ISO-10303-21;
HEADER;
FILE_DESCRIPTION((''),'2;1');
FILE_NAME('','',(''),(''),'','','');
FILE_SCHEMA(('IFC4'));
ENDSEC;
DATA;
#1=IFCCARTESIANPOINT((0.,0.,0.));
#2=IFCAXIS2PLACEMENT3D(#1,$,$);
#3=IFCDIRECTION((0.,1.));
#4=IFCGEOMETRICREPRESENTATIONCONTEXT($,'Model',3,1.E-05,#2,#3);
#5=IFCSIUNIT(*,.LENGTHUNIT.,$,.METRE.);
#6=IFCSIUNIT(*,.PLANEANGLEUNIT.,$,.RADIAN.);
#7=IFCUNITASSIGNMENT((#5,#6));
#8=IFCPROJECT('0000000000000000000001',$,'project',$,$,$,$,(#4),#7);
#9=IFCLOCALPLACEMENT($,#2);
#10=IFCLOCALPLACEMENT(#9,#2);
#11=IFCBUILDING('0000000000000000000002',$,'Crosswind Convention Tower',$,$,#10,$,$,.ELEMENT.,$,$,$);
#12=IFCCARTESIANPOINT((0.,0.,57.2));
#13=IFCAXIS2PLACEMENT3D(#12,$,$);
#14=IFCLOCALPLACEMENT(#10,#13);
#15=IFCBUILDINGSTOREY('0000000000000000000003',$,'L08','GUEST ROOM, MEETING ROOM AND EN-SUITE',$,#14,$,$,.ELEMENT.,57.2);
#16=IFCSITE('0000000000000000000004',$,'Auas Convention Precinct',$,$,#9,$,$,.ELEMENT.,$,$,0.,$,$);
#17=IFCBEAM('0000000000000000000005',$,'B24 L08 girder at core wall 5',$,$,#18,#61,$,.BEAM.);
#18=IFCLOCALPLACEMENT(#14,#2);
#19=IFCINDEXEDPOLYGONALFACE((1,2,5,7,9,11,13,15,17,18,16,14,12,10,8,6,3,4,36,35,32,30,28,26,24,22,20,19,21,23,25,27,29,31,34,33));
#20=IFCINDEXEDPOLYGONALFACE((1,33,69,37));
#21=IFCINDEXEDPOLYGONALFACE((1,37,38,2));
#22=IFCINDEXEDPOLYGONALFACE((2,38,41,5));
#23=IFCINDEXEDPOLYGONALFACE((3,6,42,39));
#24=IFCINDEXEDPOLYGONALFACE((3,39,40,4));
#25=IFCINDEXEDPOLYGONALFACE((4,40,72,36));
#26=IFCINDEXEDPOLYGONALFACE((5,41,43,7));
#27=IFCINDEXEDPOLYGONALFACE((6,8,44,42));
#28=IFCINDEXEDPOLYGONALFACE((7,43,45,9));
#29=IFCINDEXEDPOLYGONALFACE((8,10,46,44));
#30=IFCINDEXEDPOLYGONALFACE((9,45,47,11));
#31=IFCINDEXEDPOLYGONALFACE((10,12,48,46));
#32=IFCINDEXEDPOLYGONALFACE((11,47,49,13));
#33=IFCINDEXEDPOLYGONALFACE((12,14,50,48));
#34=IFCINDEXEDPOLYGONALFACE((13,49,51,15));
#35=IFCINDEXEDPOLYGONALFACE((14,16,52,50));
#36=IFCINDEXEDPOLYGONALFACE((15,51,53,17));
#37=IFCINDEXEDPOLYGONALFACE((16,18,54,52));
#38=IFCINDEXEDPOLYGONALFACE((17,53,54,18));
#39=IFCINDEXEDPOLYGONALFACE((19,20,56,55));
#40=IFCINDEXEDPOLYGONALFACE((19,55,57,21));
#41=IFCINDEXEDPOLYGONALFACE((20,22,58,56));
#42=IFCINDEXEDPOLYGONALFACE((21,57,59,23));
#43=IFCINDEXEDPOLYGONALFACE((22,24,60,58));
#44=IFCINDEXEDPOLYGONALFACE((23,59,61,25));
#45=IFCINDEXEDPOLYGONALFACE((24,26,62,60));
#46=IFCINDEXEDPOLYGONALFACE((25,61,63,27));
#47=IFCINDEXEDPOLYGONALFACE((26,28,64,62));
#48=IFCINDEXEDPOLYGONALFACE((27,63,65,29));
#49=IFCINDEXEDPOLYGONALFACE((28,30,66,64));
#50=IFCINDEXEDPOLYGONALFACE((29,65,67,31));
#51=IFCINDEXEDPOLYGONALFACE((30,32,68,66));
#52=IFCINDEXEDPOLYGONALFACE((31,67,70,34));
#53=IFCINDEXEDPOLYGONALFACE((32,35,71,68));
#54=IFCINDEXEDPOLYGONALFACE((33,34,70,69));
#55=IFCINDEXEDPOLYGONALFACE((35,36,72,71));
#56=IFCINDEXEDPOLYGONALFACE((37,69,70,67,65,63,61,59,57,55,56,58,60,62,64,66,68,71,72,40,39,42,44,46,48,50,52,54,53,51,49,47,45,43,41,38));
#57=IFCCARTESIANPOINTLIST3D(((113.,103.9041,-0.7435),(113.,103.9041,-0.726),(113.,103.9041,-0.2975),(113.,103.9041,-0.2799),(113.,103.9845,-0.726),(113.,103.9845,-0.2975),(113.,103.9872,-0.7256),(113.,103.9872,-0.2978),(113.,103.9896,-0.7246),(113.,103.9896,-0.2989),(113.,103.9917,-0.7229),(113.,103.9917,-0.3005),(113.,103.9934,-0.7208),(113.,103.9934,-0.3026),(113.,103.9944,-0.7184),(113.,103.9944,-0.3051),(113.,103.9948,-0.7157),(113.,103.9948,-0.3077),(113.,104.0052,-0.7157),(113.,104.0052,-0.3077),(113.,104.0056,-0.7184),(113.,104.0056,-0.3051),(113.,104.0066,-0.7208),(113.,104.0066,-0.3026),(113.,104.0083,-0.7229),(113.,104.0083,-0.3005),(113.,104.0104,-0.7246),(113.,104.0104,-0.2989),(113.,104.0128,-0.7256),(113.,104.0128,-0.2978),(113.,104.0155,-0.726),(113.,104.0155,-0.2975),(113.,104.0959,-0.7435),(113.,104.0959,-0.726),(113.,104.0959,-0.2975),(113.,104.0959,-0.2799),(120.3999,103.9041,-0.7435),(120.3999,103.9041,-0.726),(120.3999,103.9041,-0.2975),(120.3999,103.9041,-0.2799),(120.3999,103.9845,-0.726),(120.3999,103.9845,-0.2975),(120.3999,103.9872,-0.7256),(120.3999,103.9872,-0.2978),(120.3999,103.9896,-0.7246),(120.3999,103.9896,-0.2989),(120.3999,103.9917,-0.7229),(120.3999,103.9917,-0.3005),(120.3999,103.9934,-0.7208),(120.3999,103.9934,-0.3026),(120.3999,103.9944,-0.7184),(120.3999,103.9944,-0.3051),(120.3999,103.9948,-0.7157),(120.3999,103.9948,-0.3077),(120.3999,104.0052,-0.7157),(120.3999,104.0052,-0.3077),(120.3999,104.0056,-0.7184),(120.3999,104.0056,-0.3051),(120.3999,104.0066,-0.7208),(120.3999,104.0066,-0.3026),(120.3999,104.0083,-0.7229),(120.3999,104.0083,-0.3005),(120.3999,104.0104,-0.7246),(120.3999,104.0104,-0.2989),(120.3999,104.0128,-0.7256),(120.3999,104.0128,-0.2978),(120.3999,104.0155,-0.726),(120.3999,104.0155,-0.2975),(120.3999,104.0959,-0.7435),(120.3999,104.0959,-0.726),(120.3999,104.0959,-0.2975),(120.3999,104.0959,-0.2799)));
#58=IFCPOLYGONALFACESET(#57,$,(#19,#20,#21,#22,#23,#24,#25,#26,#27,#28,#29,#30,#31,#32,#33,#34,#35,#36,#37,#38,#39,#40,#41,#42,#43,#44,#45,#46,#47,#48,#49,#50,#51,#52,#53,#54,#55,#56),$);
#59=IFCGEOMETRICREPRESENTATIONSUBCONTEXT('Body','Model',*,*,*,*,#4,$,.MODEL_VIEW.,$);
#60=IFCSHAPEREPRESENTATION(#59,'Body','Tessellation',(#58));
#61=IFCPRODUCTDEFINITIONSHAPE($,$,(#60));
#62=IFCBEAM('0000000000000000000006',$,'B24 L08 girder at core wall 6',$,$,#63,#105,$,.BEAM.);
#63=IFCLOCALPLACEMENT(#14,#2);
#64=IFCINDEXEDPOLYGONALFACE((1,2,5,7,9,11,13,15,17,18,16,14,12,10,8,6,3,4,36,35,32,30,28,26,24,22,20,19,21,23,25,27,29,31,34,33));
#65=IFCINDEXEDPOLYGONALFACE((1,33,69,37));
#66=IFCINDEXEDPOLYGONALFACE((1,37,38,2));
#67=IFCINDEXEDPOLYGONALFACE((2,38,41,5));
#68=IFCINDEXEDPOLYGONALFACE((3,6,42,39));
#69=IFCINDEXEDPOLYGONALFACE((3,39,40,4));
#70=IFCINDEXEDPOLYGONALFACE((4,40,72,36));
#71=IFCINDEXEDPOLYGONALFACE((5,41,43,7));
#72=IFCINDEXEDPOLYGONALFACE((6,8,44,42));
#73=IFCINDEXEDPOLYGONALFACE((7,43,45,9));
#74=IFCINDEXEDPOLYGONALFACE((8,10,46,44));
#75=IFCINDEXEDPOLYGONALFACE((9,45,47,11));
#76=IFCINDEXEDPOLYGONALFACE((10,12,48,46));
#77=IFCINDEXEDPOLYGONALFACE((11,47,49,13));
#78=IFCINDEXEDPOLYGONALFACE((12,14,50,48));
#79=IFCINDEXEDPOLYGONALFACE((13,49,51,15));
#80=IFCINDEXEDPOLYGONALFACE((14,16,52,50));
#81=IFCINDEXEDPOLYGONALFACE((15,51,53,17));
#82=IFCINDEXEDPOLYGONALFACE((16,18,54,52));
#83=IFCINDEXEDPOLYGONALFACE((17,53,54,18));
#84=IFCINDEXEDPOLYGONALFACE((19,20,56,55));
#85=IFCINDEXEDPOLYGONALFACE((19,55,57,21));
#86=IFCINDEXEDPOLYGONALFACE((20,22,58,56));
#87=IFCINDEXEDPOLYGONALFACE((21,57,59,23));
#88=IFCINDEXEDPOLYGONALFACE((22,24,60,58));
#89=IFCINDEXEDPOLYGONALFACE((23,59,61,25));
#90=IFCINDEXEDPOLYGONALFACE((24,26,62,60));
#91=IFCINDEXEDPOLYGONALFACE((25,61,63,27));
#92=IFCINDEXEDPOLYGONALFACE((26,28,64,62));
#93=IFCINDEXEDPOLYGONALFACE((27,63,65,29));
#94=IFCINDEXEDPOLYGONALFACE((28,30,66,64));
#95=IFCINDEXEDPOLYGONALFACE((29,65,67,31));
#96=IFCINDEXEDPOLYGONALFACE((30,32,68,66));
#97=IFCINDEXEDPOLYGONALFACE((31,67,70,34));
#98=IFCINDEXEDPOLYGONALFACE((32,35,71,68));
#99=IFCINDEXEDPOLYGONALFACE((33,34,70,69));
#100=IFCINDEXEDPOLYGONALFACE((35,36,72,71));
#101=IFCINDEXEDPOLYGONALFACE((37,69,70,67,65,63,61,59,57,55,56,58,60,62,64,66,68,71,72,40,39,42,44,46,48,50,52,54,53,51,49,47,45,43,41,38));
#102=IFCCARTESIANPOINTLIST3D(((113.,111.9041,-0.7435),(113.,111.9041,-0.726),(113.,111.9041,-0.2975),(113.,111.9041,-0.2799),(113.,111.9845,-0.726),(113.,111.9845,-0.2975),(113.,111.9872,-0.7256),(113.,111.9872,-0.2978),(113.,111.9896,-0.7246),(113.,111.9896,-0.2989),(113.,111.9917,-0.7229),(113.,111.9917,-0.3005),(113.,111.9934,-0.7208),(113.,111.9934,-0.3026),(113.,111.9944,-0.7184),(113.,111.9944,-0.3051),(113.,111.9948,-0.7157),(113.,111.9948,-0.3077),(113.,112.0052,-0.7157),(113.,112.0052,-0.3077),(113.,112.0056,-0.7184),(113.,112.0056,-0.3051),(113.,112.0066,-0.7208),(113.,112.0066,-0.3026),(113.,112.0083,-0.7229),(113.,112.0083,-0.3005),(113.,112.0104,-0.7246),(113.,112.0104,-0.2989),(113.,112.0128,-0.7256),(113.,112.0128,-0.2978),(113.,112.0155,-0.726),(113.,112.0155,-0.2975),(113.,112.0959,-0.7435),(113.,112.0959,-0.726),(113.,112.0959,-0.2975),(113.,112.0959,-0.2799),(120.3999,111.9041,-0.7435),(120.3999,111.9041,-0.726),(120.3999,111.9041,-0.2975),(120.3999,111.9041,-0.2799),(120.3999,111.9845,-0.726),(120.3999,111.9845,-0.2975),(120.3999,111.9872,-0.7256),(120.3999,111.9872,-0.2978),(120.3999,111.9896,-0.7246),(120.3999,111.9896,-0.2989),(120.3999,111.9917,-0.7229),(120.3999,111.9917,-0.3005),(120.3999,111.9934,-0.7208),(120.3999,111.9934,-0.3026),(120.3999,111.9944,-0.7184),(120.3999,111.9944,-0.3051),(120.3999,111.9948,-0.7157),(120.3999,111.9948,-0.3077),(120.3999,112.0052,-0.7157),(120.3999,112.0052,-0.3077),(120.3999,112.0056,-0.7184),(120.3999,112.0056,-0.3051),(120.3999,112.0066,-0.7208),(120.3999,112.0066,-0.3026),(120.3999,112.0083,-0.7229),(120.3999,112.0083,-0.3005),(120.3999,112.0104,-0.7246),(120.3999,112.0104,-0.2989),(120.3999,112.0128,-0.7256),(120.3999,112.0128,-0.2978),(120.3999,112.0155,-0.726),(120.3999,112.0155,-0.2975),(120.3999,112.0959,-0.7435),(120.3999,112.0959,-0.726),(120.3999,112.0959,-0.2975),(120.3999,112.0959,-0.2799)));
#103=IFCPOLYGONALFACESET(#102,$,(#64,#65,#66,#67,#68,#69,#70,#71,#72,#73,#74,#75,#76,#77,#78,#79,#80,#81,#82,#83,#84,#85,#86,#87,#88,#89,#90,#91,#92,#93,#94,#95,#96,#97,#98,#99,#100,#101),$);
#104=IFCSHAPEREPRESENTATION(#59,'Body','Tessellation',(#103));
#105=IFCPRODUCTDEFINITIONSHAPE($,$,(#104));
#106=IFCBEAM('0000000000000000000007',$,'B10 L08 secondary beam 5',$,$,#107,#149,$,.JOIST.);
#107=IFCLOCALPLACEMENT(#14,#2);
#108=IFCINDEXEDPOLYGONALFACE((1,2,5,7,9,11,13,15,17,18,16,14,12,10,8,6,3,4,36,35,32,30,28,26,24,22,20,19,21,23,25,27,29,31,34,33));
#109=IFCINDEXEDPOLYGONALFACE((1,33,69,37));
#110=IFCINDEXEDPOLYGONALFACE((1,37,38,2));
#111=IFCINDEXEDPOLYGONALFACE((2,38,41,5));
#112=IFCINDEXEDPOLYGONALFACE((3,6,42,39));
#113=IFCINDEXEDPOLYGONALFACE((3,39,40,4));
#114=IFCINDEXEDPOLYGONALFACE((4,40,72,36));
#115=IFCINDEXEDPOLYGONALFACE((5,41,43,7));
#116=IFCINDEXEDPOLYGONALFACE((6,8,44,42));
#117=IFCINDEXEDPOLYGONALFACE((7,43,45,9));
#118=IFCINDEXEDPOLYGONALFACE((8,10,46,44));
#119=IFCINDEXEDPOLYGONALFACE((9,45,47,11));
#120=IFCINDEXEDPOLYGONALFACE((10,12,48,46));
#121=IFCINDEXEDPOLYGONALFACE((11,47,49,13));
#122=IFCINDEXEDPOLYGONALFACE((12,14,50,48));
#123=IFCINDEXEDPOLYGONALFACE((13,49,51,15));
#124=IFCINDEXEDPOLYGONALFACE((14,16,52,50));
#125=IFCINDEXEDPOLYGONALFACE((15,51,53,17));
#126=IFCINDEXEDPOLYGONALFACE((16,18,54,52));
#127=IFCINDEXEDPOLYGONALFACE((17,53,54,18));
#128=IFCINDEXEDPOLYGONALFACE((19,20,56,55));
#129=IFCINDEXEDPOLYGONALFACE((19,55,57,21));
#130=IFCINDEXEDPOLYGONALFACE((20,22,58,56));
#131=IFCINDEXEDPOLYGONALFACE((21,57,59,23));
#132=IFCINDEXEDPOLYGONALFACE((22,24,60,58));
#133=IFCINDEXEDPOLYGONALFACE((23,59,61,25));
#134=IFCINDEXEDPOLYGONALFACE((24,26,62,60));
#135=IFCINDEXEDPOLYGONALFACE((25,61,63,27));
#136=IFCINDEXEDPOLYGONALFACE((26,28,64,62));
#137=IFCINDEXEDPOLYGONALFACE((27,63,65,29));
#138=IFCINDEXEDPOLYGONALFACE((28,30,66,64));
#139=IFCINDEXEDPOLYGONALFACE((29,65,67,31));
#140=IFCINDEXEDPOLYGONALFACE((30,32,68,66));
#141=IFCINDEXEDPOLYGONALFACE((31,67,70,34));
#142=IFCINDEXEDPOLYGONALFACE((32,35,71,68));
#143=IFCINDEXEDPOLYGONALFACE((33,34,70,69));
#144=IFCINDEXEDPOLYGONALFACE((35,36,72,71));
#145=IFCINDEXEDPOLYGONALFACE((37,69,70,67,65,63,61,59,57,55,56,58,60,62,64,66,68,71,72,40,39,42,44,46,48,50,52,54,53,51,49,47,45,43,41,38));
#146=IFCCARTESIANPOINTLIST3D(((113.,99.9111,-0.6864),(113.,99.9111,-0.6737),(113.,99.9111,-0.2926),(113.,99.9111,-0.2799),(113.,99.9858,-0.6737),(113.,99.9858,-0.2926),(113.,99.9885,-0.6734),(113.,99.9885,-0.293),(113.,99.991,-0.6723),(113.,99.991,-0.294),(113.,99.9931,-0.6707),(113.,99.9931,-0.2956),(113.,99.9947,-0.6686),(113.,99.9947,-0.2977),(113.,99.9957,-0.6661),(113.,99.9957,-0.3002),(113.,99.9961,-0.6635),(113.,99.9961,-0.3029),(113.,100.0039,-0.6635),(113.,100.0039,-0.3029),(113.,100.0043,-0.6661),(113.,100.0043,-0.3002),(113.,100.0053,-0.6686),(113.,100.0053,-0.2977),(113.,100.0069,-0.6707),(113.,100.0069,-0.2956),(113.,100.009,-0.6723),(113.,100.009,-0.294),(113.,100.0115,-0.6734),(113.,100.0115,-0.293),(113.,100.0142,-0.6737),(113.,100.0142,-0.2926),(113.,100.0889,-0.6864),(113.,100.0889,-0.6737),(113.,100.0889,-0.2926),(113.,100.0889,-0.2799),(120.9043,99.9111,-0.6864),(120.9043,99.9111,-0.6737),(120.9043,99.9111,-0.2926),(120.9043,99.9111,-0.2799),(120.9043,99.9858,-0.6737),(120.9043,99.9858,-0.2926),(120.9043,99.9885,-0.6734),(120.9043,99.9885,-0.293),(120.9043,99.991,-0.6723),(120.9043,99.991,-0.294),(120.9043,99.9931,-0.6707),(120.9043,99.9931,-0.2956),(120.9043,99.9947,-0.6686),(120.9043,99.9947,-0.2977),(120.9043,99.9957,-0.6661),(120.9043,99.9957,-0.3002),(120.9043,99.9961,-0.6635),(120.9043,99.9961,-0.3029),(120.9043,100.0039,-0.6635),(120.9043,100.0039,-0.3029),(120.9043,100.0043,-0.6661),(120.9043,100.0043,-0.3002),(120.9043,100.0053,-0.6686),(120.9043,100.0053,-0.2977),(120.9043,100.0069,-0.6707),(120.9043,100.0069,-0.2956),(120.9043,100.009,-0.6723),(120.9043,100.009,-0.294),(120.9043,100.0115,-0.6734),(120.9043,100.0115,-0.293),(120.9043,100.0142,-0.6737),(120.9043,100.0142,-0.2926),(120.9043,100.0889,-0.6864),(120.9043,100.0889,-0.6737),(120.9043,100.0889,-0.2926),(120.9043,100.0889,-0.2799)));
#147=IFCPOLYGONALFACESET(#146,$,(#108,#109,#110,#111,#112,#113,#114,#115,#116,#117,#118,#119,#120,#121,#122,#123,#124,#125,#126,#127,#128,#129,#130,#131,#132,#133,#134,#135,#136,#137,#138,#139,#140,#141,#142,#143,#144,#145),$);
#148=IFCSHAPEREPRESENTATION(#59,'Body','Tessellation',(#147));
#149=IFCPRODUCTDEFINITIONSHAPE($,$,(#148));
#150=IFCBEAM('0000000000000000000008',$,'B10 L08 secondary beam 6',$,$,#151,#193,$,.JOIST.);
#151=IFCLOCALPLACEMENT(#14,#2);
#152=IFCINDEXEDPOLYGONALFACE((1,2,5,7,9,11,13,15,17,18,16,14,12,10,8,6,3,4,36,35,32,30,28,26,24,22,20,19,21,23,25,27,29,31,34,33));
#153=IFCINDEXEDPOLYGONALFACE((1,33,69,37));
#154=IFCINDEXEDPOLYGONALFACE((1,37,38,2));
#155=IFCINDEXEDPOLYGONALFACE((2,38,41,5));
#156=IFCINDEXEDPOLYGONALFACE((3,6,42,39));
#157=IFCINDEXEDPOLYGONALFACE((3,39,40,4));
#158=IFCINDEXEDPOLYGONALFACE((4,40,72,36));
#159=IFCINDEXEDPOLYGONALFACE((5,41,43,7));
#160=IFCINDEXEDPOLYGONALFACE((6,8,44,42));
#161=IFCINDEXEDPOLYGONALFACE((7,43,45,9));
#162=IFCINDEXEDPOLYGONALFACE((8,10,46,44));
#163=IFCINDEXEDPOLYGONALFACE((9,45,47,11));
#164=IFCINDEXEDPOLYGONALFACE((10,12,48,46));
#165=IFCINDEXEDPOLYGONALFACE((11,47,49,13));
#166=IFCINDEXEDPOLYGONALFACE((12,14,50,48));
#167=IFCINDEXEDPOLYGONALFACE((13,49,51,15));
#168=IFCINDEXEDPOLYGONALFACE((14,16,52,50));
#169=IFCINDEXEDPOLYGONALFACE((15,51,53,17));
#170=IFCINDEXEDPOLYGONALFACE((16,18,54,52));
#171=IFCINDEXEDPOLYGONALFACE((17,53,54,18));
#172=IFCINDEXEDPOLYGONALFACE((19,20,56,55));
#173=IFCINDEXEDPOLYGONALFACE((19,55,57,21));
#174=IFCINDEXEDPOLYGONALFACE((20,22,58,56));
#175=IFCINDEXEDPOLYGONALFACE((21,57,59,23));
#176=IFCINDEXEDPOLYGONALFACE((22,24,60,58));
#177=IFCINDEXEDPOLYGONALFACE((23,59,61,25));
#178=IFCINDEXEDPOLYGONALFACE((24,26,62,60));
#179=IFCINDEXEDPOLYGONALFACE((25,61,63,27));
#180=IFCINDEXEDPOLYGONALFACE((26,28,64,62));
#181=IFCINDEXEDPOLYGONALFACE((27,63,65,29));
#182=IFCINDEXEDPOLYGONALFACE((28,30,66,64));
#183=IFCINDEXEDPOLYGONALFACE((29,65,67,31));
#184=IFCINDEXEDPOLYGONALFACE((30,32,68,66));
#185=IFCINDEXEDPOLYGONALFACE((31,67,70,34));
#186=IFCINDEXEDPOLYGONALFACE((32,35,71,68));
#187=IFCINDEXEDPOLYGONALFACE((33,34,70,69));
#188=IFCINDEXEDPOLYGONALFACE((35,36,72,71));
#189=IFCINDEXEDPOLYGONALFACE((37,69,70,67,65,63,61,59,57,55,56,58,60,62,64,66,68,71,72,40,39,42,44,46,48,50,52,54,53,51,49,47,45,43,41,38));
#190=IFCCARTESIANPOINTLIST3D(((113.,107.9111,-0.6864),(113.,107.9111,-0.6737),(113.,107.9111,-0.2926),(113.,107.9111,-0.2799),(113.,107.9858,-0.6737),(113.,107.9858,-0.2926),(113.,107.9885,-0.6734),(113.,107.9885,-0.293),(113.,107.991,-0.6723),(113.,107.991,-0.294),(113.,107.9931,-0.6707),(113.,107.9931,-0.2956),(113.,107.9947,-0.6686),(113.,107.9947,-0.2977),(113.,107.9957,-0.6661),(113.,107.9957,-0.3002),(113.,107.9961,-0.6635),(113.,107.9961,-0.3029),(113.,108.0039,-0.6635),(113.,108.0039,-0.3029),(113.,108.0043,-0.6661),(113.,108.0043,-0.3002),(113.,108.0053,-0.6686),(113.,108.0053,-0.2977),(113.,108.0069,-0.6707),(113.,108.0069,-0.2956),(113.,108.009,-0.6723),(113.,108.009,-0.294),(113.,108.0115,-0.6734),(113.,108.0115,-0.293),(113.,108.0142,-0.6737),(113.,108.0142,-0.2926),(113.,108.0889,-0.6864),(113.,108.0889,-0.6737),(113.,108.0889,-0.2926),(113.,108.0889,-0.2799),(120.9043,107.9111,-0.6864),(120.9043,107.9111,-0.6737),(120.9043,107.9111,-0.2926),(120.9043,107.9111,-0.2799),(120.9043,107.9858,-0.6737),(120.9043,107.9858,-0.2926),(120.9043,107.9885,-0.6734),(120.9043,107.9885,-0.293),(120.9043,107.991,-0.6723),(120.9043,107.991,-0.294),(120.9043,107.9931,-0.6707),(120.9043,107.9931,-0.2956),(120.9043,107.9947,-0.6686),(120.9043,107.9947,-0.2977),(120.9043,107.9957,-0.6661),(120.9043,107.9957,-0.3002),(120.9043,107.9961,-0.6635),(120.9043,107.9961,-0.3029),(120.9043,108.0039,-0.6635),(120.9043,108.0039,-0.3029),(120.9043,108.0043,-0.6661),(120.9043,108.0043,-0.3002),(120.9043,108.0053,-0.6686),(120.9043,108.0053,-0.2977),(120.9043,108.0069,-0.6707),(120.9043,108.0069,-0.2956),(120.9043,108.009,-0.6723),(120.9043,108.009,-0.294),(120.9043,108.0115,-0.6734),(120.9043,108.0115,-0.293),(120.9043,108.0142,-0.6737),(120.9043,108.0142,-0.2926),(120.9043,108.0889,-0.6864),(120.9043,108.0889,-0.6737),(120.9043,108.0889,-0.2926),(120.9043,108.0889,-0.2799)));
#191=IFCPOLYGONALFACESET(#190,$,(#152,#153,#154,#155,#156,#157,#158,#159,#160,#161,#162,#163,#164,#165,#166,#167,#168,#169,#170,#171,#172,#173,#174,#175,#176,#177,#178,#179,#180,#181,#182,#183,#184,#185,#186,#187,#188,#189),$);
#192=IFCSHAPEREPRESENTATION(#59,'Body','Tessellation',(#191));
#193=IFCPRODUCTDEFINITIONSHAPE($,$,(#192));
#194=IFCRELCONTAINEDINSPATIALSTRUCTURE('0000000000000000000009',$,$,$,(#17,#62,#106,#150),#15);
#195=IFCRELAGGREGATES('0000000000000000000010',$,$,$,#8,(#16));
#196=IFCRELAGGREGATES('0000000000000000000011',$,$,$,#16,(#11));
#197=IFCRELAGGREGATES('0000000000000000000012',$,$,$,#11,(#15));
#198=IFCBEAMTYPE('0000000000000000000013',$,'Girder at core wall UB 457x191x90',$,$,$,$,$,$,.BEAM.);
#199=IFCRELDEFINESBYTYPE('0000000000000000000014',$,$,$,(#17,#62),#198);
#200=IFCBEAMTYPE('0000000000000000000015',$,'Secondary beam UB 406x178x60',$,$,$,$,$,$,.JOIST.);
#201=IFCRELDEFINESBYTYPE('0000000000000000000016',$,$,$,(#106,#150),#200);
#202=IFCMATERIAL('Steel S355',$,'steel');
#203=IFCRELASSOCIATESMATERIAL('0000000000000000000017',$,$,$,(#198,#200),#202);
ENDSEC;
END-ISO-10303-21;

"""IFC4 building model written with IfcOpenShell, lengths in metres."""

from ifc_helpers import new_model, si_unit, direction, frame, origin, origin_2d, place, context, subcontext, project, spatial, i_section, extrude, material, material_profile, profile_set, type_object, element, save


model = new_model("IFC4")

# Units and contexts
model_context = context("Model", 3, precision=1e-05, world=origin(), true_north=direction((0.0, 1.0)))
body_context = subcontext(model_context, "Body", "Model", "MODEL_VIEW")
ifc_project = project(units=[si_unit("LENGTHUNIT", "METRE"), si_unit("PLANEANGLEUNIT", "RADIAN")], contexts=[model_context])

# Site, building, storey
site_placement = place(None, origin())
site = spatial("IfcSite", under=ifc_project, at=site_placement, Name="Auas Convention Precinct", CompositionType="ELEMENT", RefElevation=0.0)
building_placement = place(site_placement, origin())
building = spatial("IfcBuilding", under=site, at=building_placement, Name="Crosswind Convention Tower", CompositionType="ELEMENT")
storey_placement = place(building_placement, frame((0.0, 0.0, 57.2)))
storey = spatial("IfcBuildingStorey", under=building, at=storey_placement, Name="L08", Description="GUEST ROOM, MEETING ROOM AND EN-SUITE", CompositionType="ELEMENT", Elevation=57.2)

# Beams
ifc_material_1 = material(Name="Steel S355", Category="steel")
ifc_material_profile_1 = material_profile(ifc_material_1, i_section(OverallWidth=0.1919, OverallDepth=0.4636, WebThickness=0.0105, FlangeThickness=0.0176, FilletRadius=0.0103, at=origin_2d()), Name="UB 457x191x90")
ifc_profile_set_1 = profile_set([ifc_material_profile_1], Name="Steel S355")
beam_type_1 = type_object("IfcBeamType", Name="Girder at core wall UB 457x191x90", PredefinedType="BEAM", material=ifc_profile_set_1)
for number, where, z_axis, x_axis, name in (
    (1, (113.0, 104.0, -0.5117), (1.0, 0.0, 0.0), (0.0, 1.0, 0.0), "B24 L08 girder at core wall 5"),
    (2, (113.0, 112.0, -0.5117), (1.0, 0.0, 0.0), (0.0, 1.0, 0.0), "B24 L08 girder at core wall 6"),
):
    element("IfcBeam", number, at=place(storey_placement, frame(where, z_axis=z_axis, x_axis=x_axis)), inside=storey, type_object=beam_type_1, Name=name, PredefinedType="BEAM", context=body_context, shape_type="SweptSolid", body=[
        extrude(i_section(OverallWidth=0.1919, OverallDepth=0.4636, WebThickness=0.0105, FlangeThickness=0.0176, FilletRadius=0.0103, at=origin_2d()), origin(), (0.0, 0.0, 1.0), 7.3999),
    ])
ifc_material_profile_2 = material_profile(ifc_material_1, i_section(OverallWidth=0.1777, OverallDepth=0.4065, WebThickness=0.0078, FlangeThickness=0.0127, FilletRadius=0.0103, at=origin_2d()), Name="UB 406x178x60")
ifc_profile_set_2 = profile_set([ifc_material_profile_2], Name="Steel S355")
beam_type_2 = type_object("IfcBeamType", Name="Secondary beam UB 406x178x60", PredefinedType="JOIST", material=ifc_profile_set_2)
for number, where, z_axis, x_axis, name in (
    (3, (113.0, 100.0, -0.4832), (1.0, 0.0, 0.0), (0.0, 1.0, 0.0), "B10 L08 secondary beam 5"),
    (4, (113.0, 108.0, -0.4832), (1.0, 0.0, 0.0), (0.0, 1.0, 0.0), "B10 L08 secondary beam 6"),
):
    element("IfcBeam", number, at=place(storey_placement, frame(where, z_axis=z_axis, x_axis=x_axis)), inside=storey, type_object=beam_type_2, Name=name, PredefinedType="JOIST", context=body_context, shape_type="SweptSolid", body=[
        extrude(i_section(OverallWidth=0.1777, OverallDepth=0.4065, WebThickness=0.0078, FlangeThickness=0.0127, FilletRadius=0.0103, at=origin_2d()), origin(), (0.0, 0.0, 1.0), 7.9043),
    ])

save(model, "model.ifc")
